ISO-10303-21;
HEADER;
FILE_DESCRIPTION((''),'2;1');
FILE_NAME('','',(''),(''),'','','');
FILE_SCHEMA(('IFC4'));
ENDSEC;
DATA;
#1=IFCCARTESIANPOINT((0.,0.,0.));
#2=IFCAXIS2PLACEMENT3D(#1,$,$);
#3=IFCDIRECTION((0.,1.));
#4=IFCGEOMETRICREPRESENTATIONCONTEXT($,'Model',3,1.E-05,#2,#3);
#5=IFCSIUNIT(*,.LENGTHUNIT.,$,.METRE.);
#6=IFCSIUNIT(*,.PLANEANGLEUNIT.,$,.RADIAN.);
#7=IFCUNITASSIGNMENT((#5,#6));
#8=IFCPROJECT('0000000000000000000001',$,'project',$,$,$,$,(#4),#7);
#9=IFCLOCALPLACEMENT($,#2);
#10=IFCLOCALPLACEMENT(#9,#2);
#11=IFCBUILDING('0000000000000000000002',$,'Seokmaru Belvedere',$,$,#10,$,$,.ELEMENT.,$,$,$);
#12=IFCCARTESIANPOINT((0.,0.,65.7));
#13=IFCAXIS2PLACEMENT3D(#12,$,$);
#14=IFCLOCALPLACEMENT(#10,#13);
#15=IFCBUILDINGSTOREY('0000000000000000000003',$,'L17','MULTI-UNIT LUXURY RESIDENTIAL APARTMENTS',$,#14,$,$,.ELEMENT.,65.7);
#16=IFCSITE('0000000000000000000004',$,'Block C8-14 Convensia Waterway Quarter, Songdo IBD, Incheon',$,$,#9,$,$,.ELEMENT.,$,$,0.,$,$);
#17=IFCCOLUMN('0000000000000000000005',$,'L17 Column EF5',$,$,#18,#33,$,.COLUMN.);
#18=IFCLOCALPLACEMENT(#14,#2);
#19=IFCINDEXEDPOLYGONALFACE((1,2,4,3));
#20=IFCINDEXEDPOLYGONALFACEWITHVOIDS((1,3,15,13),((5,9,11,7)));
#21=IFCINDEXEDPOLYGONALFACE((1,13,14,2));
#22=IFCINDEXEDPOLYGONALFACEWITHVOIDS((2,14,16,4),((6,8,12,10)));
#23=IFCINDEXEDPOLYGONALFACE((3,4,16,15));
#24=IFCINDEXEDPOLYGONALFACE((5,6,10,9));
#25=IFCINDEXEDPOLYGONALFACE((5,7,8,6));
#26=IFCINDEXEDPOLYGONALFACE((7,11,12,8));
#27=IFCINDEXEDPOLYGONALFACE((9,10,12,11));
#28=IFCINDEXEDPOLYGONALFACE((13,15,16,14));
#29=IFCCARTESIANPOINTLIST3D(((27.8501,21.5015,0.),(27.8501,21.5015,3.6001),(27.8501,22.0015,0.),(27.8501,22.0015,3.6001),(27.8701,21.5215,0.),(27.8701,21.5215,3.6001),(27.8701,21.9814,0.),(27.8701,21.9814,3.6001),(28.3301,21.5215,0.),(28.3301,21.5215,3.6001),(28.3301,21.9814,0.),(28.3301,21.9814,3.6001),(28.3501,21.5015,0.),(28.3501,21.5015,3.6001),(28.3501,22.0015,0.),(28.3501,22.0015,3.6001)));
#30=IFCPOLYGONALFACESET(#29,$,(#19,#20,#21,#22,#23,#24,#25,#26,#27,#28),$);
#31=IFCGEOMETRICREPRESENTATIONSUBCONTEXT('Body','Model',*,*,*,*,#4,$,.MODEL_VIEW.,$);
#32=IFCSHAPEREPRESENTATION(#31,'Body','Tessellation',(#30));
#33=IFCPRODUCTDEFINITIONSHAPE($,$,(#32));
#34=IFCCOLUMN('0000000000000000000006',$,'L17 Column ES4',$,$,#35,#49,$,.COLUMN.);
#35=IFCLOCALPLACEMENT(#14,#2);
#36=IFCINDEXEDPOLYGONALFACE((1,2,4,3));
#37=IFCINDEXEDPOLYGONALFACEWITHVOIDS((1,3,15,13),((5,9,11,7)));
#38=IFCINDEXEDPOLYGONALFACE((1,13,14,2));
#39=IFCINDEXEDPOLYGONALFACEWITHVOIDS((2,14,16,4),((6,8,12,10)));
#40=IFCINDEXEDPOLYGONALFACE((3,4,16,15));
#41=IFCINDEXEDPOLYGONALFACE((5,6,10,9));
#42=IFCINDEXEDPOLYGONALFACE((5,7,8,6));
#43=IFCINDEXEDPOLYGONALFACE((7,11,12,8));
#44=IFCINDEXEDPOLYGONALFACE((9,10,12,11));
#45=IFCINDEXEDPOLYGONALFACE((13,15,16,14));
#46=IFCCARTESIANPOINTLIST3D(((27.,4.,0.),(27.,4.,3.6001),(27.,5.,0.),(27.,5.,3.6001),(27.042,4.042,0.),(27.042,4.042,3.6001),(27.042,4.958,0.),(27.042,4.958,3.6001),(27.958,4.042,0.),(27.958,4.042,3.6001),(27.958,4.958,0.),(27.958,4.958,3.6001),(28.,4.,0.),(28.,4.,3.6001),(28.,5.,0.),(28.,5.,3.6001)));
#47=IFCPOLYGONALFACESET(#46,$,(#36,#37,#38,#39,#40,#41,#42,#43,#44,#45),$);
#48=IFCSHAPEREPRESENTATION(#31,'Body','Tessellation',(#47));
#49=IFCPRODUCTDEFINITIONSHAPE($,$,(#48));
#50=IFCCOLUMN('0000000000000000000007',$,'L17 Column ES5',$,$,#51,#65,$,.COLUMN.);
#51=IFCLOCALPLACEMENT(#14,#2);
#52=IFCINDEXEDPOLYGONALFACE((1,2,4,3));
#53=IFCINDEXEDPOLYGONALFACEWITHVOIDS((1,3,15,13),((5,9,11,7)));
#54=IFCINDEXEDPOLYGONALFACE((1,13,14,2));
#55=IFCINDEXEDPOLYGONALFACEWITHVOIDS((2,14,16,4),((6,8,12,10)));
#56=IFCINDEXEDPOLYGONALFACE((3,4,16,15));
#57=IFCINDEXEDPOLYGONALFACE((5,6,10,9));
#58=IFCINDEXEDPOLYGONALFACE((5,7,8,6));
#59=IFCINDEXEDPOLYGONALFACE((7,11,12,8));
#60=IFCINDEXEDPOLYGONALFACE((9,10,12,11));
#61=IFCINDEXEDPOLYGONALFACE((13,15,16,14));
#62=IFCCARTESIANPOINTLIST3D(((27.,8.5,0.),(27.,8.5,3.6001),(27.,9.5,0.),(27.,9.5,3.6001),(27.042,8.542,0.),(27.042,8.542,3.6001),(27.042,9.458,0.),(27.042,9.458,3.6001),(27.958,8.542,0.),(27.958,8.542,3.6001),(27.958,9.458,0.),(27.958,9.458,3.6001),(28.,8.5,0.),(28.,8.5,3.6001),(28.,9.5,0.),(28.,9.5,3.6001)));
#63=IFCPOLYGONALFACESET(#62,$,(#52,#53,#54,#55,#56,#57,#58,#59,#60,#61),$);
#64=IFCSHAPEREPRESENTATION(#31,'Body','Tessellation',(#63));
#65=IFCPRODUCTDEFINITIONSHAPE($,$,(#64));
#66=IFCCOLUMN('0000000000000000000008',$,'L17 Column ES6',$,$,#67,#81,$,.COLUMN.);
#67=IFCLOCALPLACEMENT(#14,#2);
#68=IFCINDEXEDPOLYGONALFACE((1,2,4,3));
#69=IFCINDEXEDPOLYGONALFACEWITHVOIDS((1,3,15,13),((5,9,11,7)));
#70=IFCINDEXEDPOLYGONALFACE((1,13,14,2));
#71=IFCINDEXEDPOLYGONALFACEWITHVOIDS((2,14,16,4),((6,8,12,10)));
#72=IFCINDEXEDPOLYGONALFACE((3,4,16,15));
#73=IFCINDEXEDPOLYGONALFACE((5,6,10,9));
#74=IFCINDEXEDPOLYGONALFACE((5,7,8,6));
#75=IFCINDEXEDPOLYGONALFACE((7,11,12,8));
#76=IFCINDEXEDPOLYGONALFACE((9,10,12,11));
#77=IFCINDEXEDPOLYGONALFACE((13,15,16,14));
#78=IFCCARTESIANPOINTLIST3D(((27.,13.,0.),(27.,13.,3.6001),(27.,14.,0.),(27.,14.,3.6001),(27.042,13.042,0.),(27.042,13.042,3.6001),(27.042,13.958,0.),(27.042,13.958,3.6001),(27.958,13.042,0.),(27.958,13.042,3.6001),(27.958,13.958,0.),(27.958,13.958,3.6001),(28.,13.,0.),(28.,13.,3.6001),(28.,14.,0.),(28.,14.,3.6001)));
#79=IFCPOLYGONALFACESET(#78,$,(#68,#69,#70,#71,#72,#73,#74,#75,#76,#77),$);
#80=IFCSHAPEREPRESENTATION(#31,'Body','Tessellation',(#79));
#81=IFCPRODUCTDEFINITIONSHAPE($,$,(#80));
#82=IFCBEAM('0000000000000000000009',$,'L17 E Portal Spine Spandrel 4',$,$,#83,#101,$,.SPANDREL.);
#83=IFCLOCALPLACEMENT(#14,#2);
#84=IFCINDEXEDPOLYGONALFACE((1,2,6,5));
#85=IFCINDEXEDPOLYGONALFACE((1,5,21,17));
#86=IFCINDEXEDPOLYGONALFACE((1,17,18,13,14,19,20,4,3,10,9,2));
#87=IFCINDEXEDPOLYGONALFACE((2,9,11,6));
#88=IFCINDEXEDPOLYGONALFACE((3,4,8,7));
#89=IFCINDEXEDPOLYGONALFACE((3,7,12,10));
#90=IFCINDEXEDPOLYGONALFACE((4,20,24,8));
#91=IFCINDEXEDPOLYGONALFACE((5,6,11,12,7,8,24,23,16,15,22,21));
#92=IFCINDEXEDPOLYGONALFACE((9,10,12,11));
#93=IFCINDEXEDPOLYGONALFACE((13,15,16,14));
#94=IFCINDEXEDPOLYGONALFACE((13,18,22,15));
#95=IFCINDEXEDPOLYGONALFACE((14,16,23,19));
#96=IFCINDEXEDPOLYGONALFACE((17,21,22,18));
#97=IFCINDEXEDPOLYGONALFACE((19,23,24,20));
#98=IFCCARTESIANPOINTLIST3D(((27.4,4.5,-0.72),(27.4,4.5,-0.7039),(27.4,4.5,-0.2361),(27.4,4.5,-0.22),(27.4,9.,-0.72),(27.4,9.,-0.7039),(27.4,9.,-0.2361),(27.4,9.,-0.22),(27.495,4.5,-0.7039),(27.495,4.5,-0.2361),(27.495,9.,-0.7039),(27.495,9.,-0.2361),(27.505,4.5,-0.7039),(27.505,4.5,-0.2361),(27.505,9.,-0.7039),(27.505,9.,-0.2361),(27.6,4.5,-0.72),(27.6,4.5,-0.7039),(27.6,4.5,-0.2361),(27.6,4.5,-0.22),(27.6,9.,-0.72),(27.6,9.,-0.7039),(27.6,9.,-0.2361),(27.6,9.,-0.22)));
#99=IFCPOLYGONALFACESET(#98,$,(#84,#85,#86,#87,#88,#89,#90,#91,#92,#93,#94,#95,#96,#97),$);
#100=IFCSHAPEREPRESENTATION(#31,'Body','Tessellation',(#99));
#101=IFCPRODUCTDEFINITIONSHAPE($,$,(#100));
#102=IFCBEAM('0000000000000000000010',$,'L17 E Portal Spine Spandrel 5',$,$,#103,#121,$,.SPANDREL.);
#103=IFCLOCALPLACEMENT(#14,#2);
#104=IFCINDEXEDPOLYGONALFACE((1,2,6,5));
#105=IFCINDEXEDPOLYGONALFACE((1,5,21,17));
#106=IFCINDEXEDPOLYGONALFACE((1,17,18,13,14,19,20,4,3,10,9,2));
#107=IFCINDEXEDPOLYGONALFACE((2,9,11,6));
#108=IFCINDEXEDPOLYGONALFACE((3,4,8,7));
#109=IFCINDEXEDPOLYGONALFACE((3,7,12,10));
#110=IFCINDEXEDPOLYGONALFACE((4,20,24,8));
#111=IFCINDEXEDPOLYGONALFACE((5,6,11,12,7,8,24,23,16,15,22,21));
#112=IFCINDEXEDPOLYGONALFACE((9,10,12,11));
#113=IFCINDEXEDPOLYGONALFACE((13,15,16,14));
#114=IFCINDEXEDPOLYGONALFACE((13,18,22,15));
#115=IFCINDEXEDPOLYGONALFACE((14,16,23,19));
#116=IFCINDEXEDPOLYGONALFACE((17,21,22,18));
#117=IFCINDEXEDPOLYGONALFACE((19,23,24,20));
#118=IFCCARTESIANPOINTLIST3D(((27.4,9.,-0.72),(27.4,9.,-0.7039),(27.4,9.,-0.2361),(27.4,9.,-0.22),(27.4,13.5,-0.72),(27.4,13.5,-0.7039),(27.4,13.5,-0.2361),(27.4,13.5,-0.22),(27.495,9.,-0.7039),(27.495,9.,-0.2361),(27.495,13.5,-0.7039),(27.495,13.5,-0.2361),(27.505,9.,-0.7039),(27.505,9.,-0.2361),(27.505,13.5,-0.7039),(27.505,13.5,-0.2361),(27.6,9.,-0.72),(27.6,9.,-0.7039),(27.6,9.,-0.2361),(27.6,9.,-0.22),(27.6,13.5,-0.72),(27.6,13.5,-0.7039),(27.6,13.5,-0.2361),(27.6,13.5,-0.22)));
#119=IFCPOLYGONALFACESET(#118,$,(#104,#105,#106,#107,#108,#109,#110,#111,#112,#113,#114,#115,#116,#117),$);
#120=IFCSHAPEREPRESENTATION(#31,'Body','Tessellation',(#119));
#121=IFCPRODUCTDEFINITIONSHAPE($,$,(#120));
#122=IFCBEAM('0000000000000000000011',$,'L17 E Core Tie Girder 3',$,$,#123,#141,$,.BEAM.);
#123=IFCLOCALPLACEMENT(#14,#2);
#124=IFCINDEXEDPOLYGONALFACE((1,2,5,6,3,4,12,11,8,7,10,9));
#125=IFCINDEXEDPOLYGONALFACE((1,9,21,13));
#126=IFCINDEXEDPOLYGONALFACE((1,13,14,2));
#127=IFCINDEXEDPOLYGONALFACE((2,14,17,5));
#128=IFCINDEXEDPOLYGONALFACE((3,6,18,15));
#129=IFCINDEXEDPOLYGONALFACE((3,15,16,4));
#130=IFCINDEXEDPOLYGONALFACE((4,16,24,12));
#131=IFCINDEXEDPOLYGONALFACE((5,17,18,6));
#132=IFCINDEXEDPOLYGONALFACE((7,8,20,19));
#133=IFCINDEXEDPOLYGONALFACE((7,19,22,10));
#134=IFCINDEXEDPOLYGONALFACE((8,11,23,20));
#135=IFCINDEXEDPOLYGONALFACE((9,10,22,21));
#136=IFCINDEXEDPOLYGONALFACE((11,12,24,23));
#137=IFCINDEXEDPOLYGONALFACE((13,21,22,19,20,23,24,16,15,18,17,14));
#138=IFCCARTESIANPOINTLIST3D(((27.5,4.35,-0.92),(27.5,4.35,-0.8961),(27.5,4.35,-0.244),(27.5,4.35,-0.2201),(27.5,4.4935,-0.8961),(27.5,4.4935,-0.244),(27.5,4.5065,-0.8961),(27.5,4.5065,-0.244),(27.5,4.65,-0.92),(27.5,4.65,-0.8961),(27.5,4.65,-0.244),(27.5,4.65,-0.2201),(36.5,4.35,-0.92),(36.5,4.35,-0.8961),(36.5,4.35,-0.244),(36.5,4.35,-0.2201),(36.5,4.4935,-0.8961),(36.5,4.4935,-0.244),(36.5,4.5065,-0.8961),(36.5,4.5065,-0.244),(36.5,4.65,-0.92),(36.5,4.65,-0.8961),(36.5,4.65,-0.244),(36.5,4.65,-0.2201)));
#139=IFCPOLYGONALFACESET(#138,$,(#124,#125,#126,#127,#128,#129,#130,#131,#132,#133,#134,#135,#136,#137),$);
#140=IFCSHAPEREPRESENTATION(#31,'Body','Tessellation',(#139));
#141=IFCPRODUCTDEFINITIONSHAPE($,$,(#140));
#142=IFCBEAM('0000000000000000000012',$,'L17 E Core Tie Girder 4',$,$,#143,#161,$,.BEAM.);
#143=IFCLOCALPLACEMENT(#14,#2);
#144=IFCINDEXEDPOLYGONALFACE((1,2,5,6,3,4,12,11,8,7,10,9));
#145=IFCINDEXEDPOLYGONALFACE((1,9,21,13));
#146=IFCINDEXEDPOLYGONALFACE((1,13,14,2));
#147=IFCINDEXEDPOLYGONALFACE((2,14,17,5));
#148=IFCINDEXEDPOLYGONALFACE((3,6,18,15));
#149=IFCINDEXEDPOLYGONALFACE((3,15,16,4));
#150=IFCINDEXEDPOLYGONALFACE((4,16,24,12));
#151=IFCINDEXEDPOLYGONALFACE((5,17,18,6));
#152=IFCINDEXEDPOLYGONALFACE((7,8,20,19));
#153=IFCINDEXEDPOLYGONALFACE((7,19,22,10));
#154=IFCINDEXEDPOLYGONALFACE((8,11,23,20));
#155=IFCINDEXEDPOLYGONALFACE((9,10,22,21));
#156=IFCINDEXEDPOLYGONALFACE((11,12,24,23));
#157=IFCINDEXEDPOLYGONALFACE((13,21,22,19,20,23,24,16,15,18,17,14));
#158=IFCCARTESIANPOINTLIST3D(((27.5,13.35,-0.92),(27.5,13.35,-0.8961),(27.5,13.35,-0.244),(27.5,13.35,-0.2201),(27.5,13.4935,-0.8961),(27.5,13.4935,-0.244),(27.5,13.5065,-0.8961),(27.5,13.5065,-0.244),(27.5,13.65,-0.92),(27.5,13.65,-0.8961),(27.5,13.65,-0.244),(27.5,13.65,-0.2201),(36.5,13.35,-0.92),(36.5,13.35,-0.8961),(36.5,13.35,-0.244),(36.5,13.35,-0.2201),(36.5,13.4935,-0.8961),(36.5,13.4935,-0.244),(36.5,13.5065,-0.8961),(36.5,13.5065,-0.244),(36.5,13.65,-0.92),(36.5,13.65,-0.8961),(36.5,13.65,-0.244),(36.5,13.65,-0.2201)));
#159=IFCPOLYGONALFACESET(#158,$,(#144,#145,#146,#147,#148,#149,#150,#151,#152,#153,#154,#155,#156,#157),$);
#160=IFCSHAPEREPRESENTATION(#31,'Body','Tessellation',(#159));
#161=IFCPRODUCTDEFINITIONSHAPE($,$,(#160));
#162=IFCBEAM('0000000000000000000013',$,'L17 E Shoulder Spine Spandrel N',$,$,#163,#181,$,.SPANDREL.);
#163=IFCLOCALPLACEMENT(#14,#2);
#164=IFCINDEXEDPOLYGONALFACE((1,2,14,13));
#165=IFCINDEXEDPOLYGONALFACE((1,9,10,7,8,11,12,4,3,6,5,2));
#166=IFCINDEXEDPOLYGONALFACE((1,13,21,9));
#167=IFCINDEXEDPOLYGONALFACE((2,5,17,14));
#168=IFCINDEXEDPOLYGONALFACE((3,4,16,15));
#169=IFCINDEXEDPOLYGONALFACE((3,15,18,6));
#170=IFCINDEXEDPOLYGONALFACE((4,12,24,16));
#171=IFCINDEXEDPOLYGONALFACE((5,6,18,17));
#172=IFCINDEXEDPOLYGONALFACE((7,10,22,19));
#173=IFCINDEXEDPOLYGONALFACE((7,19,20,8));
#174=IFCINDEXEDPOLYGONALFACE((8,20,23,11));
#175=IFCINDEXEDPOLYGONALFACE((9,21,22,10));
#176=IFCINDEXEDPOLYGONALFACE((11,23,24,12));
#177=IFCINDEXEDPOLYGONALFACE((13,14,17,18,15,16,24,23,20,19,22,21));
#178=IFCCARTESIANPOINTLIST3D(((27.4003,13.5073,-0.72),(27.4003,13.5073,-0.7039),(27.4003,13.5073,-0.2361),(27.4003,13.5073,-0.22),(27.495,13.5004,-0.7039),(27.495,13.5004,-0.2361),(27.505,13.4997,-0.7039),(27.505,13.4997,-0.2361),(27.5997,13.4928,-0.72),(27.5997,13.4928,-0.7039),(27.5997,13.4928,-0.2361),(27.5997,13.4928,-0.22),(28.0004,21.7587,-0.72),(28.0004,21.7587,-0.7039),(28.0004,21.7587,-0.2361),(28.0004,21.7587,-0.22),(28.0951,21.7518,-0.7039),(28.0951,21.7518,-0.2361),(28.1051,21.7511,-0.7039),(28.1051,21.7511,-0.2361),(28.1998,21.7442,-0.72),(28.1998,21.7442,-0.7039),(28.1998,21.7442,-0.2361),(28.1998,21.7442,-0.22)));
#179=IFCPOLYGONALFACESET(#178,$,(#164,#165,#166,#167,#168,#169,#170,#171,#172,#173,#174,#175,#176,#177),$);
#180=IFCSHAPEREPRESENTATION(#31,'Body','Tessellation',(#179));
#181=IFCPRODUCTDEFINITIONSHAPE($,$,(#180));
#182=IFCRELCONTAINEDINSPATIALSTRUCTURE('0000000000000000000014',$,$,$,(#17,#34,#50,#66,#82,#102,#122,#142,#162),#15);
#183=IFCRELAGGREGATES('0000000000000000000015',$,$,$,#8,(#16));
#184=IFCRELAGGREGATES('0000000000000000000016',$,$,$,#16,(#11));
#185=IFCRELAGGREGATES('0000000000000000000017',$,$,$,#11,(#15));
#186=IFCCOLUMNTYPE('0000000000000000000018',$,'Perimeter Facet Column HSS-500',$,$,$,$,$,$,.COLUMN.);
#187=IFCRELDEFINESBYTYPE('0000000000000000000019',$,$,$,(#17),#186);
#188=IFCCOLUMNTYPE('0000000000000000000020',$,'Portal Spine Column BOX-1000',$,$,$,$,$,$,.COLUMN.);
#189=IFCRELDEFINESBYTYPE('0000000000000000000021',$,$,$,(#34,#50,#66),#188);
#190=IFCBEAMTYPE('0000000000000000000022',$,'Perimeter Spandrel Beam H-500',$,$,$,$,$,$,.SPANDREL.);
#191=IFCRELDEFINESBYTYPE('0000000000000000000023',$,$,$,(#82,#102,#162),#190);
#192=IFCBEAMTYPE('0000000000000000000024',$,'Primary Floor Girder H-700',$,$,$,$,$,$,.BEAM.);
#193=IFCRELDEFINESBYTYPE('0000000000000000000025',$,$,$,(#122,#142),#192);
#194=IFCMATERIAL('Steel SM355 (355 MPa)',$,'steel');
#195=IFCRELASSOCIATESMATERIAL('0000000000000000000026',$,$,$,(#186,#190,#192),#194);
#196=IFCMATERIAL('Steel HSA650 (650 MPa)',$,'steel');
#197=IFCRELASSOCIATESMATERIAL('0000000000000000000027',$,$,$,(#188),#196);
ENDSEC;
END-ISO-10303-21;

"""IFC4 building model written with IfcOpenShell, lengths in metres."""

from ifc_helpers import new_model, si_unit, direction, frame, origin, origin_2d, place, context, subcontext, project, spatial, hollow_rectangle, i_section, extrude, source, transform, mapped, material, material_profile, profile_set, type_object, type_shapes, element, save


model = new_model("IFC4")

# Units and contexts
model_context = context("Model", 3, precision=1e-05, world=origin(), true_north=direction((0.0, 1.0)))
body_context = subcontext(model_context, "Body", "Model", "MODEL_VIEW")
ifc_project = project(units=[si_unit("LENGTHUNIT", "METRE"), si_unit("PLANEANGLEUNIT", "RADIAN")], contexts=[model_context])

# Site, building, storey
site_placement = place(None, origin())
site = spatial("IfcSite", under=ifc_project, at=site_placement, Name="Block C8-14 Convensia Waterway Quarter, Songdo IBD, Incheon", CompositionType="ELEMENT", RefElevation=0.0)
building_placement = place(site_placement, origin())
building = spatial("IfcBuilding", under=site, at=building_placement, Name="Seokmaru Belvedere", CompositionType="ELEMENT")
storey_placement = place(building_placement, frame((0.0, 0.0, 65.7)))
storey = spatial("IfcBuildingStorey", under=building, at=storey_placement, Name="L17", Description="MULTI-UNIT LUXURY RESIDENTIAL APARTMENTS", CompositionType="ELEMENT", Elevation=65.7)

# Columns
ifc_material_1 = material(Name="Steel SM355 (355 MPa)", Category="steel")
ifc_material_profile_1 = material_profile(ifc_material_1, hollow_rectangle(XDim=0.5, YDim=0.5, WallThickness=0.02, at=origin_2d()), Name="HSS-500x500x20")
ifc_profile_set_1 = profile_set([ifc_material_profile_1], Name="Steel SM355 (355 MPa)")
column_type_1 = type_object("IfcColumnType", Name="Perimeter Facet Column HSS-500", PredefinedType="COLUMN", material=ifc_profile_set_1)
shared_shape_1 = source(origin(), body_context, "Body", "SweptSolid", [
    extrude(hollow_rectangle(XDim=0.5, YDim=0.5, WallThickness=0.02, at=origin_2d()), origin(), (0.0, 0.0, 1.0), 3.6001),
])
type_shapes(column_type_1, [shared_shape_1])
column_placement = place(storey_placement, frame((28.1001, 21.7515, 0.0), z_axis=(0.0, 0.0, 1.0), x_axis=(1.0, 0.0, 0.0)))
element("IfcColumn", 1, at=column_placement, inside=storey, type_object=column_type_1, Name="L17 Column EF5", PredefinedType="COLUMN", context=body_context, shape_type="MappedRepresentation", body=[
    mapped(shared_shape_1, transform((0.0, 0.0, 0.0), scale=1.0)),
])
ifc_material_2 = material(Name="Steel HSA650 (650 MPa)", Category="steel")
ifc_material_profile_2 = material_profile(ifc_material_2, hollow_rectangle(XDim=1.0, YDim=1.0, WallThickness=0.042, at=origin_2d()), Name="BOX-1000x1000x42")
ifc_profile_set_2 = profile_set([ifc_material_profile_2], Name="Steel HSA650 (650 MPa)")
column_type_2 = type_object("IfcColumnType", Name="Portal Spine Column BOX-1000", PredefinedType="COLUMN", material=ifc_profile_set_2)
shared_shape_2 = source(origin(), body_context, "Body", "SweptSolid", [
    extrude(hollow_rectangle(XDim=1.0, YDim=1.0, WallThickness=0.042, at=origin_2d()), origin(), (0.0, 0.0, 1.0), 3.6001),
])
type_shapes(column_type_2, [shared_shape_2])
for number, where, z_axis, x_axis, name in (
    (2, (27.5, 4.5, 0.0), (0.0, 0.0, 1.0), (1.0, 0.0, 0.0), "L17 Column ES4"),
    (3, (27.5, 9.0, 0.0), (0.0, 0.0, 1.0), (1.0, 0.0, 0.0), "L17 Column ES5"),
    (4, (27.5, 13.5, 0.0), (0.0, 0.0, 1.0), (1.0, 0.0, 0.0), "L17 Column ES6"),
):
    element("IfcColumn", number, at=place(storey_placement, frame(where, z_axis=z_axis, x_axis=x_axis)), inside=storey, type_object=column_type_2, Name=name, PredefinedType="COLUMN", context=body_context, shape_type="MappedRepresentation", body=[
        mapped(shared_shape_2, transform((0.0, 0.0, 0.0), scale=1.0)),
    ])

# Beams
ifc_material_profile_3 = material_profile(ifc_material_1, i_section(OverallWidth=0.2, OverallDepth=0.5, WebThickness=0.01, FlangeThickness=0.0161, at=origin_2d()), Name="H-500x200x10x16")
ifc_profile_set_3 = profile_set([ifc_material_profile_3], Name="Steel SM355 (355 MPa)")
beam_type_1 = type_object("IfcBeamType", Name="Perimeter Spandrel Beam H-500", PredefinedType="SPANDREL", material=ifc_profile_set_3)
shared_shape_3 = source(origin(), body_context, "Body", "SweptSolid", [
    extrude(i_section(OverallWidth=0.2, OverallDepth=0.5, WebThickness=0.01, FlangeThickness=0.0161, at=origin_2d()), origin(), (0.0, 0.0, 1.0), 4.5),
])
for number, where, z_axis, x_axis, name in (
    (5, (27.5, 4.5, -0.47), (0.0, 1.0, 0.0), (-1.0, 0.0, 0.0), "L17 E Portal Spine Spandrel 4"),
    (6, (27.5, 9.0, -0.47), (0.0, 1.0, 0.0), (-1.0, 0.0, 0.0), "L17 E Portal Spine Spandrel 5"),
):
    element("IfcBeam", number, at=place(storey_placement, frame(where, z_axis=z_axis, x_axis=x_axis)), inside=storey, type_object=beam_type_1, Name=name, PredefinedType="SPANDREL", context=body_context, shape_type="MappedRepresentation", body=[
        mapped(shared_shape_3, transform((0.0, 0.0, 0.0), scale=1.0)),
    ])
ifc_material_profile_4 = material_profile(ifc_material_1, i_section(OverallWidth=0.3, OverallDepth=0.7, WebThickness=0.0129, FlangeThickness=0.0239, at=origin_2d()), Name="H-700x300x13x24")
ifc_profile_set_4 = profile_set([ifc_material_profile_4], Name="Steel SM355 (355 MPa)")
beam_type_2 = type_object("IfcBeamType", Name="Primary Floor Girder H-700", PredefinedType="BEAM", material=ifc_profile_set_4)
shared_shape_4 = source(origin(), body_context, "Body", "SweptSolid", [
    extrude(i_section(OverallWidth=0.3, OverallDepth=0.7, WebThickness=0.0129, FlangeThickness=0.0239, at=origin_2d()), origin(), (0.0, 0.0, 1.0), 9.0),
])
type_shapes(beam_type_2, [shared_shape_4])
for number, where, z_axis, x_axis, name in (
    (7, (27.5, 4.5, -0.5701), (1.0, 0.0, 0.0), (0.0, 1.0, 0.0), "L17 E Core Tie Girder 3"),
    (8, (27.5, 13.5, -0.5701), (1.0, 0.0, 0.0), (0.0, 1.0, 0.0), "L17 E Core Tie Girder 4"),
):
    element("IfcBeam", number, at=place(storey_placement, frame(where, z_axis=z_axis, x_axis=x_axis)), inside=storey, type_object=beam_type_2, Name=name, PredefinedType="BEAM", context=body_context, shape_type="MappedRepresentation", body=[
        mapped(shared_shape_4, transform((0.0, 0.0, 0.0), scale=1.0)),
    ])
shared_shape_5 = source(origin(), body_context, "Body", "SweptSolid", [
    extrude(i_section(OverallWidth=0.2, OverallDepth=0.5, WebThickness=0.01, FlangeThickness=0.0161, at=origin_2d()), origin(), (0.0, 0.0, 1.0), 8.2732),
])
type_shapes(beam_type_1, [shared_shape_3, shared_shape_5])
beam_placement = place(storey_placement, frame((28.1001, 21.7515, -0.47), z_axis=(-0.072535, -0.997366, 0.0), x_axis=(0.997366, -0.072535, 0.0)))
element("IfcBeam", 9, at=beam_placement, inside=storey, type_object=beam_type_1, Name="L17 E Shoulder Spine Spandrel N", PredefinedType="SPANDREL", context=body_context, shape_type="MappedRepresentation", body=[
    mapped(shared_shape_5, transform((0.0, 0.0, 0.0), scale=1.0)),
])

save(model, "model.ifc")
